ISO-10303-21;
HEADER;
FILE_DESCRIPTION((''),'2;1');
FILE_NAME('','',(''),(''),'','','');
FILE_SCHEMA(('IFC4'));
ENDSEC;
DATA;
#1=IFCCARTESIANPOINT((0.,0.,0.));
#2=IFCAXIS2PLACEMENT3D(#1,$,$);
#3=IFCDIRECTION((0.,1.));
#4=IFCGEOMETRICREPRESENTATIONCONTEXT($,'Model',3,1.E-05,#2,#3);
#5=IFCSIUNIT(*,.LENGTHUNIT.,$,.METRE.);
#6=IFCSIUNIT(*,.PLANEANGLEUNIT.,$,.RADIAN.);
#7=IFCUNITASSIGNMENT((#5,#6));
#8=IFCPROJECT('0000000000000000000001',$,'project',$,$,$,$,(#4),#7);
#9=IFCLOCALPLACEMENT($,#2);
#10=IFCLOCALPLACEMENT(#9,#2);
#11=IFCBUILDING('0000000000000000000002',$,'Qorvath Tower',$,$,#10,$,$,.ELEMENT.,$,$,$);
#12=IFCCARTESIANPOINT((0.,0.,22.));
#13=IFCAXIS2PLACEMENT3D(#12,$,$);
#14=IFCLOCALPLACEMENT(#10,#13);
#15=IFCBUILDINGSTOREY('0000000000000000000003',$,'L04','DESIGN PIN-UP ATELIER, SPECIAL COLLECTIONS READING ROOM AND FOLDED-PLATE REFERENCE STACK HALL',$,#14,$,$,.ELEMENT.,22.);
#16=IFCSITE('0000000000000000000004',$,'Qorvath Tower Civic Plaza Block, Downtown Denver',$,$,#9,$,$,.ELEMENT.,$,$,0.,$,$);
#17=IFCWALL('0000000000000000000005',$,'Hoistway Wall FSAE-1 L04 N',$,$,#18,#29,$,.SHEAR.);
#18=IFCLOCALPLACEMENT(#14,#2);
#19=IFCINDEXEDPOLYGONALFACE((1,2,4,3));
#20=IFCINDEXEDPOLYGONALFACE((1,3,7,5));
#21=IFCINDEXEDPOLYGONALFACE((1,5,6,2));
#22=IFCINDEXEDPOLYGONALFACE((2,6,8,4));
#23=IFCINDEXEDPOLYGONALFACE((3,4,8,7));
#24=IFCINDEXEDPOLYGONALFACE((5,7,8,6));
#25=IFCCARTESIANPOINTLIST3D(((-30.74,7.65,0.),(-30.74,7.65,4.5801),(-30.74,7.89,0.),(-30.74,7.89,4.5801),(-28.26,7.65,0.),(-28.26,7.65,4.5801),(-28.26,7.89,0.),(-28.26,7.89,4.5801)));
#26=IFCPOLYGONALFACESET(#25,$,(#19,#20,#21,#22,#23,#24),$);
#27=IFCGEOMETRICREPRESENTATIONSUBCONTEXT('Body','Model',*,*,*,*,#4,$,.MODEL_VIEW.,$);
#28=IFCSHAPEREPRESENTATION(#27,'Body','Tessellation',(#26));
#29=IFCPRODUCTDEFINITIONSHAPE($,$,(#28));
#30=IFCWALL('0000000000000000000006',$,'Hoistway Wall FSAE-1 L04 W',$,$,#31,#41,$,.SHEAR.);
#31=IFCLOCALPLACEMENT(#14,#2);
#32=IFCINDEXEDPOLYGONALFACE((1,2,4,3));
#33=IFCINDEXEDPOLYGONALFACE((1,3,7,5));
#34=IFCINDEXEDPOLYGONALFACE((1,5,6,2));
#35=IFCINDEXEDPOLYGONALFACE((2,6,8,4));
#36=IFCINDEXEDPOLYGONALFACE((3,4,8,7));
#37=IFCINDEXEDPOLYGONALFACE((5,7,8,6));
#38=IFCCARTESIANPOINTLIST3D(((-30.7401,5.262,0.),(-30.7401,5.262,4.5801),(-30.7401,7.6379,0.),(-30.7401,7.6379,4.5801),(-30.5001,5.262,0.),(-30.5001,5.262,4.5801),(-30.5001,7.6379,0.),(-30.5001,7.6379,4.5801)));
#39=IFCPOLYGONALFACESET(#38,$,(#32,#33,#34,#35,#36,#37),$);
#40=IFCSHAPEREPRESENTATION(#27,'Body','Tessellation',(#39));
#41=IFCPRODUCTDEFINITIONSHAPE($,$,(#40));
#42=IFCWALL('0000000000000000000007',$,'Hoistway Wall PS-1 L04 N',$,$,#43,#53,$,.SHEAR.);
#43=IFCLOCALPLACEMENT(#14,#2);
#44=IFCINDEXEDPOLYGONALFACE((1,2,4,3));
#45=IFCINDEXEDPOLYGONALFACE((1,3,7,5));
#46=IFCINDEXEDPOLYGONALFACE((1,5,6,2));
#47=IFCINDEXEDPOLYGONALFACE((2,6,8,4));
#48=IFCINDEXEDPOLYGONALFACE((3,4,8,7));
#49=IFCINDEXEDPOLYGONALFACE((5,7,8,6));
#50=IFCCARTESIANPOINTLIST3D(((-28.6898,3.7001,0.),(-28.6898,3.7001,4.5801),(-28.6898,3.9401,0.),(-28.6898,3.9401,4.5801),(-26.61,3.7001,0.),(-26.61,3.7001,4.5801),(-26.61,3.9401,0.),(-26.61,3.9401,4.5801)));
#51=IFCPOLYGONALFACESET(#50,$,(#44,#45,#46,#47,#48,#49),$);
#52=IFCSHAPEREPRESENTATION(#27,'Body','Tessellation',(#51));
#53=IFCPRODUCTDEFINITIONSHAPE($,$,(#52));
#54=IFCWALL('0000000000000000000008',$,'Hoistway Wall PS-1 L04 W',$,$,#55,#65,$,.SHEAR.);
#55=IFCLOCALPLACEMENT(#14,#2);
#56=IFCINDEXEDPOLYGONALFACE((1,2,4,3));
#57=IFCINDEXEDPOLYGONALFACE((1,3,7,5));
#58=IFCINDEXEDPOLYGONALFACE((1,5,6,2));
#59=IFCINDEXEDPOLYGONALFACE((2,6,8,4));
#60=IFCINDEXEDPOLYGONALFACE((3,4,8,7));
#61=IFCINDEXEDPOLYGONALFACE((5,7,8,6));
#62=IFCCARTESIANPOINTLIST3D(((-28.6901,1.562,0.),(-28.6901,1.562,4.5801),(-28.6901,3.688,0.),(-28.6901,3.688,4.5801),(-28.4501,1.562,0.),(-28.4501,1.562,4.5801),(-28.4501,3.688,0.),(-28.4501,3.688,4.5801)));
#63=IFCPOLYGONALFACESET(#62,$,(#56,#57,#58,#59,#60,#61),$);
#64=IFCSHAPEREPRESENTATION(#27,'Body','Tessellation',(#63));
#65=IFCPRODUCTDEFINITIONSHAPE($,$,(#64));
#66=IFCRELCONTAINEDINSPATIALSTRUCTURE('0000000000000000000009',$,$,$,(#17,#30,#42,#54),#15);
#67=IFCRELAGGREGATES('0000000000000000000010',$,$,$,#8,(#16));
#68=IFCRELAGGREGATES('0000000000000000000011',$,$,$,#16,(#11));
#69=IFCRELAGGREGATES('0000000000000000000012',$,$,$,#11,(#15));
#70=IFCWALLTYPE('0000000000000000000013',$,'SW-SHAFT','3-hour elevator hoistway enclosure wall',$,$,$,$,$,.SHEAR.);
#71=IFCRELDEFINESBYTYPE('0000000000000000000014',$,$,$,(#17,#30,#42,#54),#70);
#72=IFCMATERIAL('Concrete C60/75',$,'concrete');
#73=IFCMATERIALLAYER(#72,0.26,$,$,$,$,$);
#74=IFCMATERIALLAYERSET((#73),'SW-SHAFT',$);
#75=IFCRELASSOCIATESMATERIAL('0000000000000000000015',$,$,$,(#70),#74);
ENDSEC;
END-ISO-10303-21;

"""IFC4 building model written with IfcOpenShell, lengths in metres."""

from ifc_helpers import new_model, si_unit, direction, frame, frame_2d, origin, place, context, subcontext, project, spatial, rectangle, extrude, material, layer, layer_set, type_object, element, save


model = new_model("IFC4")

# Units and contexts
model_context = context("Model", 3, precision=1e-05, world=origin(), true_north=direction((0.0, 1.0)))
body_context = subcontext(model_context, "Body", "Model", "MODEL_VIEW")
ifc_project = project(units=[si_unit("LENGTHUNIT", "METRE"), si_unit("PLANEANGLEUNIT", "RADIAN")], contexts=[model_context])

# Site, building, storey
site_placement = place(None, origin())
site = spatial("IfcSite", under=ifc_project, at=site_placement, Name="Qorvath Tower Civic Plaza Block, Downtown Denver", CompositionType="ELEMENT", RefElevation=0.0)
building_placement = place(site_placement, origin())
building = spatial("IfcBuilding", under=site, at=building_placement, Name="Qorvath Tower", CompositionType="ELEMENT")
storey_placement = place(building_placement, frame((0.0, 0.0, 22.0)))
storey = spatial("IfcBuildingStorey", under=building, at=storey_placement, Name="L04", Description="DESIGN PIN-UP ATELIER, SPECIAL COLLECTIONS READING ROOM AND FOLDED-PLATE REFERENCE STACK HALL", CompositionType="ELEMENT", Elevation=22.0)

# Walls
ifc_material_1 = material(Name="Concrete C60/75", Category="concrete")
ifc_layer_1 = layer(ifc_material_1, 0.26)
ifc_layer_set_1 = layer_set([ifc_layer_1], Name="SW-SHAFT")
wall_type_1 = type_object("IfcWallType", Name="SW-SHAFT", Description="3-hour elevator hoistway enclosure wall", PredefinedType="SHEAR", material=ifc_layer_set_1)
wall_1_placement = place(storey_placement, frame((-30.74, 7.77, 0.0), z_axis=(0.0, 0.0, 1.0), x_axis=(1.0, 0.0, 0.0)))
element("IfcWall", 1, at=wall_1_placement, inside=storey, type_object=wall_type_1, Name="Hoistway Wall FSAE-1 L04 N", PredefinedType="SHEAR", context=body_context, shape_type="SweptSolid", body=[
    extrude(rectangle(XDim=2.48, YDim=0.24, at=frame_2d((1.24, 0.0))), origin(), (0.0, 0.0, 1.0), 4.5801),
])
wall_2_placement = place(storey_placement, frame((-30.6201, 5.262, 0.0), z_axis=(0.0, 0.0, 1.0), x_axis=(0.0, 1.0, 0.0)))
element("IfcWall", 2, at=wall_2_placement, inside=storey, type_object=wall_type_1, Name="Hoistway Wall FSAE-1 L04 W", PredefinedType="SHEAR", context=body_context, shape_type="SweptSolid", body=[
    extrude(rectangle(XDim=2.376, YDim=0.24, at=frame_2d((1.188, 0.0))), origin(), (0.0, 0.0, 1.0), 4.5801),
])
wall_3_placement = place(storey_placement, frame((-28.6899, 3.8201, 0.0), z_axis=(0.0, 0.0, 1.0), x_axis=(1.0, 0.0, 0.0)))
element("IfcWall", 3, at=wall_3_placement, inside=storey, type_object=wall_type_1, Name="Hoistway Wall PS-1 L04 N", PredefinedType="SHEAR", context=body_context, shape_type="SweptSolid", body=[
    extrude(rectangle(XDim=2.0798, YDim=0.24, at=frame_2d((1.04, 0.0))), origin(), (0.0, 0.0, 1.0), 4.5801),
])
wall_4_placement = place(storey_placement, frame((-28.5701, 1.562, 0.0), z_axis=(0.0, 0.0, 1.0), x_axis=(0.0, 1.0, 0.0)))
element("IfcWall", 4, at=wall_4_placement, inside=storey, type_object=wall_type_1, Name="Hoistway Wall PS-1 L04 W", PredefinedType="SHEAR", context=body_context, shape_type="SweptSolid", body=[
    extrude(rectangle(XDim=2.126, YDim=0.24, at=frame_2d((1.063, 0.0))), origin(), (0.0, 0.0, 1.0), 4.5801),
])

save(model, "model.ifc")
